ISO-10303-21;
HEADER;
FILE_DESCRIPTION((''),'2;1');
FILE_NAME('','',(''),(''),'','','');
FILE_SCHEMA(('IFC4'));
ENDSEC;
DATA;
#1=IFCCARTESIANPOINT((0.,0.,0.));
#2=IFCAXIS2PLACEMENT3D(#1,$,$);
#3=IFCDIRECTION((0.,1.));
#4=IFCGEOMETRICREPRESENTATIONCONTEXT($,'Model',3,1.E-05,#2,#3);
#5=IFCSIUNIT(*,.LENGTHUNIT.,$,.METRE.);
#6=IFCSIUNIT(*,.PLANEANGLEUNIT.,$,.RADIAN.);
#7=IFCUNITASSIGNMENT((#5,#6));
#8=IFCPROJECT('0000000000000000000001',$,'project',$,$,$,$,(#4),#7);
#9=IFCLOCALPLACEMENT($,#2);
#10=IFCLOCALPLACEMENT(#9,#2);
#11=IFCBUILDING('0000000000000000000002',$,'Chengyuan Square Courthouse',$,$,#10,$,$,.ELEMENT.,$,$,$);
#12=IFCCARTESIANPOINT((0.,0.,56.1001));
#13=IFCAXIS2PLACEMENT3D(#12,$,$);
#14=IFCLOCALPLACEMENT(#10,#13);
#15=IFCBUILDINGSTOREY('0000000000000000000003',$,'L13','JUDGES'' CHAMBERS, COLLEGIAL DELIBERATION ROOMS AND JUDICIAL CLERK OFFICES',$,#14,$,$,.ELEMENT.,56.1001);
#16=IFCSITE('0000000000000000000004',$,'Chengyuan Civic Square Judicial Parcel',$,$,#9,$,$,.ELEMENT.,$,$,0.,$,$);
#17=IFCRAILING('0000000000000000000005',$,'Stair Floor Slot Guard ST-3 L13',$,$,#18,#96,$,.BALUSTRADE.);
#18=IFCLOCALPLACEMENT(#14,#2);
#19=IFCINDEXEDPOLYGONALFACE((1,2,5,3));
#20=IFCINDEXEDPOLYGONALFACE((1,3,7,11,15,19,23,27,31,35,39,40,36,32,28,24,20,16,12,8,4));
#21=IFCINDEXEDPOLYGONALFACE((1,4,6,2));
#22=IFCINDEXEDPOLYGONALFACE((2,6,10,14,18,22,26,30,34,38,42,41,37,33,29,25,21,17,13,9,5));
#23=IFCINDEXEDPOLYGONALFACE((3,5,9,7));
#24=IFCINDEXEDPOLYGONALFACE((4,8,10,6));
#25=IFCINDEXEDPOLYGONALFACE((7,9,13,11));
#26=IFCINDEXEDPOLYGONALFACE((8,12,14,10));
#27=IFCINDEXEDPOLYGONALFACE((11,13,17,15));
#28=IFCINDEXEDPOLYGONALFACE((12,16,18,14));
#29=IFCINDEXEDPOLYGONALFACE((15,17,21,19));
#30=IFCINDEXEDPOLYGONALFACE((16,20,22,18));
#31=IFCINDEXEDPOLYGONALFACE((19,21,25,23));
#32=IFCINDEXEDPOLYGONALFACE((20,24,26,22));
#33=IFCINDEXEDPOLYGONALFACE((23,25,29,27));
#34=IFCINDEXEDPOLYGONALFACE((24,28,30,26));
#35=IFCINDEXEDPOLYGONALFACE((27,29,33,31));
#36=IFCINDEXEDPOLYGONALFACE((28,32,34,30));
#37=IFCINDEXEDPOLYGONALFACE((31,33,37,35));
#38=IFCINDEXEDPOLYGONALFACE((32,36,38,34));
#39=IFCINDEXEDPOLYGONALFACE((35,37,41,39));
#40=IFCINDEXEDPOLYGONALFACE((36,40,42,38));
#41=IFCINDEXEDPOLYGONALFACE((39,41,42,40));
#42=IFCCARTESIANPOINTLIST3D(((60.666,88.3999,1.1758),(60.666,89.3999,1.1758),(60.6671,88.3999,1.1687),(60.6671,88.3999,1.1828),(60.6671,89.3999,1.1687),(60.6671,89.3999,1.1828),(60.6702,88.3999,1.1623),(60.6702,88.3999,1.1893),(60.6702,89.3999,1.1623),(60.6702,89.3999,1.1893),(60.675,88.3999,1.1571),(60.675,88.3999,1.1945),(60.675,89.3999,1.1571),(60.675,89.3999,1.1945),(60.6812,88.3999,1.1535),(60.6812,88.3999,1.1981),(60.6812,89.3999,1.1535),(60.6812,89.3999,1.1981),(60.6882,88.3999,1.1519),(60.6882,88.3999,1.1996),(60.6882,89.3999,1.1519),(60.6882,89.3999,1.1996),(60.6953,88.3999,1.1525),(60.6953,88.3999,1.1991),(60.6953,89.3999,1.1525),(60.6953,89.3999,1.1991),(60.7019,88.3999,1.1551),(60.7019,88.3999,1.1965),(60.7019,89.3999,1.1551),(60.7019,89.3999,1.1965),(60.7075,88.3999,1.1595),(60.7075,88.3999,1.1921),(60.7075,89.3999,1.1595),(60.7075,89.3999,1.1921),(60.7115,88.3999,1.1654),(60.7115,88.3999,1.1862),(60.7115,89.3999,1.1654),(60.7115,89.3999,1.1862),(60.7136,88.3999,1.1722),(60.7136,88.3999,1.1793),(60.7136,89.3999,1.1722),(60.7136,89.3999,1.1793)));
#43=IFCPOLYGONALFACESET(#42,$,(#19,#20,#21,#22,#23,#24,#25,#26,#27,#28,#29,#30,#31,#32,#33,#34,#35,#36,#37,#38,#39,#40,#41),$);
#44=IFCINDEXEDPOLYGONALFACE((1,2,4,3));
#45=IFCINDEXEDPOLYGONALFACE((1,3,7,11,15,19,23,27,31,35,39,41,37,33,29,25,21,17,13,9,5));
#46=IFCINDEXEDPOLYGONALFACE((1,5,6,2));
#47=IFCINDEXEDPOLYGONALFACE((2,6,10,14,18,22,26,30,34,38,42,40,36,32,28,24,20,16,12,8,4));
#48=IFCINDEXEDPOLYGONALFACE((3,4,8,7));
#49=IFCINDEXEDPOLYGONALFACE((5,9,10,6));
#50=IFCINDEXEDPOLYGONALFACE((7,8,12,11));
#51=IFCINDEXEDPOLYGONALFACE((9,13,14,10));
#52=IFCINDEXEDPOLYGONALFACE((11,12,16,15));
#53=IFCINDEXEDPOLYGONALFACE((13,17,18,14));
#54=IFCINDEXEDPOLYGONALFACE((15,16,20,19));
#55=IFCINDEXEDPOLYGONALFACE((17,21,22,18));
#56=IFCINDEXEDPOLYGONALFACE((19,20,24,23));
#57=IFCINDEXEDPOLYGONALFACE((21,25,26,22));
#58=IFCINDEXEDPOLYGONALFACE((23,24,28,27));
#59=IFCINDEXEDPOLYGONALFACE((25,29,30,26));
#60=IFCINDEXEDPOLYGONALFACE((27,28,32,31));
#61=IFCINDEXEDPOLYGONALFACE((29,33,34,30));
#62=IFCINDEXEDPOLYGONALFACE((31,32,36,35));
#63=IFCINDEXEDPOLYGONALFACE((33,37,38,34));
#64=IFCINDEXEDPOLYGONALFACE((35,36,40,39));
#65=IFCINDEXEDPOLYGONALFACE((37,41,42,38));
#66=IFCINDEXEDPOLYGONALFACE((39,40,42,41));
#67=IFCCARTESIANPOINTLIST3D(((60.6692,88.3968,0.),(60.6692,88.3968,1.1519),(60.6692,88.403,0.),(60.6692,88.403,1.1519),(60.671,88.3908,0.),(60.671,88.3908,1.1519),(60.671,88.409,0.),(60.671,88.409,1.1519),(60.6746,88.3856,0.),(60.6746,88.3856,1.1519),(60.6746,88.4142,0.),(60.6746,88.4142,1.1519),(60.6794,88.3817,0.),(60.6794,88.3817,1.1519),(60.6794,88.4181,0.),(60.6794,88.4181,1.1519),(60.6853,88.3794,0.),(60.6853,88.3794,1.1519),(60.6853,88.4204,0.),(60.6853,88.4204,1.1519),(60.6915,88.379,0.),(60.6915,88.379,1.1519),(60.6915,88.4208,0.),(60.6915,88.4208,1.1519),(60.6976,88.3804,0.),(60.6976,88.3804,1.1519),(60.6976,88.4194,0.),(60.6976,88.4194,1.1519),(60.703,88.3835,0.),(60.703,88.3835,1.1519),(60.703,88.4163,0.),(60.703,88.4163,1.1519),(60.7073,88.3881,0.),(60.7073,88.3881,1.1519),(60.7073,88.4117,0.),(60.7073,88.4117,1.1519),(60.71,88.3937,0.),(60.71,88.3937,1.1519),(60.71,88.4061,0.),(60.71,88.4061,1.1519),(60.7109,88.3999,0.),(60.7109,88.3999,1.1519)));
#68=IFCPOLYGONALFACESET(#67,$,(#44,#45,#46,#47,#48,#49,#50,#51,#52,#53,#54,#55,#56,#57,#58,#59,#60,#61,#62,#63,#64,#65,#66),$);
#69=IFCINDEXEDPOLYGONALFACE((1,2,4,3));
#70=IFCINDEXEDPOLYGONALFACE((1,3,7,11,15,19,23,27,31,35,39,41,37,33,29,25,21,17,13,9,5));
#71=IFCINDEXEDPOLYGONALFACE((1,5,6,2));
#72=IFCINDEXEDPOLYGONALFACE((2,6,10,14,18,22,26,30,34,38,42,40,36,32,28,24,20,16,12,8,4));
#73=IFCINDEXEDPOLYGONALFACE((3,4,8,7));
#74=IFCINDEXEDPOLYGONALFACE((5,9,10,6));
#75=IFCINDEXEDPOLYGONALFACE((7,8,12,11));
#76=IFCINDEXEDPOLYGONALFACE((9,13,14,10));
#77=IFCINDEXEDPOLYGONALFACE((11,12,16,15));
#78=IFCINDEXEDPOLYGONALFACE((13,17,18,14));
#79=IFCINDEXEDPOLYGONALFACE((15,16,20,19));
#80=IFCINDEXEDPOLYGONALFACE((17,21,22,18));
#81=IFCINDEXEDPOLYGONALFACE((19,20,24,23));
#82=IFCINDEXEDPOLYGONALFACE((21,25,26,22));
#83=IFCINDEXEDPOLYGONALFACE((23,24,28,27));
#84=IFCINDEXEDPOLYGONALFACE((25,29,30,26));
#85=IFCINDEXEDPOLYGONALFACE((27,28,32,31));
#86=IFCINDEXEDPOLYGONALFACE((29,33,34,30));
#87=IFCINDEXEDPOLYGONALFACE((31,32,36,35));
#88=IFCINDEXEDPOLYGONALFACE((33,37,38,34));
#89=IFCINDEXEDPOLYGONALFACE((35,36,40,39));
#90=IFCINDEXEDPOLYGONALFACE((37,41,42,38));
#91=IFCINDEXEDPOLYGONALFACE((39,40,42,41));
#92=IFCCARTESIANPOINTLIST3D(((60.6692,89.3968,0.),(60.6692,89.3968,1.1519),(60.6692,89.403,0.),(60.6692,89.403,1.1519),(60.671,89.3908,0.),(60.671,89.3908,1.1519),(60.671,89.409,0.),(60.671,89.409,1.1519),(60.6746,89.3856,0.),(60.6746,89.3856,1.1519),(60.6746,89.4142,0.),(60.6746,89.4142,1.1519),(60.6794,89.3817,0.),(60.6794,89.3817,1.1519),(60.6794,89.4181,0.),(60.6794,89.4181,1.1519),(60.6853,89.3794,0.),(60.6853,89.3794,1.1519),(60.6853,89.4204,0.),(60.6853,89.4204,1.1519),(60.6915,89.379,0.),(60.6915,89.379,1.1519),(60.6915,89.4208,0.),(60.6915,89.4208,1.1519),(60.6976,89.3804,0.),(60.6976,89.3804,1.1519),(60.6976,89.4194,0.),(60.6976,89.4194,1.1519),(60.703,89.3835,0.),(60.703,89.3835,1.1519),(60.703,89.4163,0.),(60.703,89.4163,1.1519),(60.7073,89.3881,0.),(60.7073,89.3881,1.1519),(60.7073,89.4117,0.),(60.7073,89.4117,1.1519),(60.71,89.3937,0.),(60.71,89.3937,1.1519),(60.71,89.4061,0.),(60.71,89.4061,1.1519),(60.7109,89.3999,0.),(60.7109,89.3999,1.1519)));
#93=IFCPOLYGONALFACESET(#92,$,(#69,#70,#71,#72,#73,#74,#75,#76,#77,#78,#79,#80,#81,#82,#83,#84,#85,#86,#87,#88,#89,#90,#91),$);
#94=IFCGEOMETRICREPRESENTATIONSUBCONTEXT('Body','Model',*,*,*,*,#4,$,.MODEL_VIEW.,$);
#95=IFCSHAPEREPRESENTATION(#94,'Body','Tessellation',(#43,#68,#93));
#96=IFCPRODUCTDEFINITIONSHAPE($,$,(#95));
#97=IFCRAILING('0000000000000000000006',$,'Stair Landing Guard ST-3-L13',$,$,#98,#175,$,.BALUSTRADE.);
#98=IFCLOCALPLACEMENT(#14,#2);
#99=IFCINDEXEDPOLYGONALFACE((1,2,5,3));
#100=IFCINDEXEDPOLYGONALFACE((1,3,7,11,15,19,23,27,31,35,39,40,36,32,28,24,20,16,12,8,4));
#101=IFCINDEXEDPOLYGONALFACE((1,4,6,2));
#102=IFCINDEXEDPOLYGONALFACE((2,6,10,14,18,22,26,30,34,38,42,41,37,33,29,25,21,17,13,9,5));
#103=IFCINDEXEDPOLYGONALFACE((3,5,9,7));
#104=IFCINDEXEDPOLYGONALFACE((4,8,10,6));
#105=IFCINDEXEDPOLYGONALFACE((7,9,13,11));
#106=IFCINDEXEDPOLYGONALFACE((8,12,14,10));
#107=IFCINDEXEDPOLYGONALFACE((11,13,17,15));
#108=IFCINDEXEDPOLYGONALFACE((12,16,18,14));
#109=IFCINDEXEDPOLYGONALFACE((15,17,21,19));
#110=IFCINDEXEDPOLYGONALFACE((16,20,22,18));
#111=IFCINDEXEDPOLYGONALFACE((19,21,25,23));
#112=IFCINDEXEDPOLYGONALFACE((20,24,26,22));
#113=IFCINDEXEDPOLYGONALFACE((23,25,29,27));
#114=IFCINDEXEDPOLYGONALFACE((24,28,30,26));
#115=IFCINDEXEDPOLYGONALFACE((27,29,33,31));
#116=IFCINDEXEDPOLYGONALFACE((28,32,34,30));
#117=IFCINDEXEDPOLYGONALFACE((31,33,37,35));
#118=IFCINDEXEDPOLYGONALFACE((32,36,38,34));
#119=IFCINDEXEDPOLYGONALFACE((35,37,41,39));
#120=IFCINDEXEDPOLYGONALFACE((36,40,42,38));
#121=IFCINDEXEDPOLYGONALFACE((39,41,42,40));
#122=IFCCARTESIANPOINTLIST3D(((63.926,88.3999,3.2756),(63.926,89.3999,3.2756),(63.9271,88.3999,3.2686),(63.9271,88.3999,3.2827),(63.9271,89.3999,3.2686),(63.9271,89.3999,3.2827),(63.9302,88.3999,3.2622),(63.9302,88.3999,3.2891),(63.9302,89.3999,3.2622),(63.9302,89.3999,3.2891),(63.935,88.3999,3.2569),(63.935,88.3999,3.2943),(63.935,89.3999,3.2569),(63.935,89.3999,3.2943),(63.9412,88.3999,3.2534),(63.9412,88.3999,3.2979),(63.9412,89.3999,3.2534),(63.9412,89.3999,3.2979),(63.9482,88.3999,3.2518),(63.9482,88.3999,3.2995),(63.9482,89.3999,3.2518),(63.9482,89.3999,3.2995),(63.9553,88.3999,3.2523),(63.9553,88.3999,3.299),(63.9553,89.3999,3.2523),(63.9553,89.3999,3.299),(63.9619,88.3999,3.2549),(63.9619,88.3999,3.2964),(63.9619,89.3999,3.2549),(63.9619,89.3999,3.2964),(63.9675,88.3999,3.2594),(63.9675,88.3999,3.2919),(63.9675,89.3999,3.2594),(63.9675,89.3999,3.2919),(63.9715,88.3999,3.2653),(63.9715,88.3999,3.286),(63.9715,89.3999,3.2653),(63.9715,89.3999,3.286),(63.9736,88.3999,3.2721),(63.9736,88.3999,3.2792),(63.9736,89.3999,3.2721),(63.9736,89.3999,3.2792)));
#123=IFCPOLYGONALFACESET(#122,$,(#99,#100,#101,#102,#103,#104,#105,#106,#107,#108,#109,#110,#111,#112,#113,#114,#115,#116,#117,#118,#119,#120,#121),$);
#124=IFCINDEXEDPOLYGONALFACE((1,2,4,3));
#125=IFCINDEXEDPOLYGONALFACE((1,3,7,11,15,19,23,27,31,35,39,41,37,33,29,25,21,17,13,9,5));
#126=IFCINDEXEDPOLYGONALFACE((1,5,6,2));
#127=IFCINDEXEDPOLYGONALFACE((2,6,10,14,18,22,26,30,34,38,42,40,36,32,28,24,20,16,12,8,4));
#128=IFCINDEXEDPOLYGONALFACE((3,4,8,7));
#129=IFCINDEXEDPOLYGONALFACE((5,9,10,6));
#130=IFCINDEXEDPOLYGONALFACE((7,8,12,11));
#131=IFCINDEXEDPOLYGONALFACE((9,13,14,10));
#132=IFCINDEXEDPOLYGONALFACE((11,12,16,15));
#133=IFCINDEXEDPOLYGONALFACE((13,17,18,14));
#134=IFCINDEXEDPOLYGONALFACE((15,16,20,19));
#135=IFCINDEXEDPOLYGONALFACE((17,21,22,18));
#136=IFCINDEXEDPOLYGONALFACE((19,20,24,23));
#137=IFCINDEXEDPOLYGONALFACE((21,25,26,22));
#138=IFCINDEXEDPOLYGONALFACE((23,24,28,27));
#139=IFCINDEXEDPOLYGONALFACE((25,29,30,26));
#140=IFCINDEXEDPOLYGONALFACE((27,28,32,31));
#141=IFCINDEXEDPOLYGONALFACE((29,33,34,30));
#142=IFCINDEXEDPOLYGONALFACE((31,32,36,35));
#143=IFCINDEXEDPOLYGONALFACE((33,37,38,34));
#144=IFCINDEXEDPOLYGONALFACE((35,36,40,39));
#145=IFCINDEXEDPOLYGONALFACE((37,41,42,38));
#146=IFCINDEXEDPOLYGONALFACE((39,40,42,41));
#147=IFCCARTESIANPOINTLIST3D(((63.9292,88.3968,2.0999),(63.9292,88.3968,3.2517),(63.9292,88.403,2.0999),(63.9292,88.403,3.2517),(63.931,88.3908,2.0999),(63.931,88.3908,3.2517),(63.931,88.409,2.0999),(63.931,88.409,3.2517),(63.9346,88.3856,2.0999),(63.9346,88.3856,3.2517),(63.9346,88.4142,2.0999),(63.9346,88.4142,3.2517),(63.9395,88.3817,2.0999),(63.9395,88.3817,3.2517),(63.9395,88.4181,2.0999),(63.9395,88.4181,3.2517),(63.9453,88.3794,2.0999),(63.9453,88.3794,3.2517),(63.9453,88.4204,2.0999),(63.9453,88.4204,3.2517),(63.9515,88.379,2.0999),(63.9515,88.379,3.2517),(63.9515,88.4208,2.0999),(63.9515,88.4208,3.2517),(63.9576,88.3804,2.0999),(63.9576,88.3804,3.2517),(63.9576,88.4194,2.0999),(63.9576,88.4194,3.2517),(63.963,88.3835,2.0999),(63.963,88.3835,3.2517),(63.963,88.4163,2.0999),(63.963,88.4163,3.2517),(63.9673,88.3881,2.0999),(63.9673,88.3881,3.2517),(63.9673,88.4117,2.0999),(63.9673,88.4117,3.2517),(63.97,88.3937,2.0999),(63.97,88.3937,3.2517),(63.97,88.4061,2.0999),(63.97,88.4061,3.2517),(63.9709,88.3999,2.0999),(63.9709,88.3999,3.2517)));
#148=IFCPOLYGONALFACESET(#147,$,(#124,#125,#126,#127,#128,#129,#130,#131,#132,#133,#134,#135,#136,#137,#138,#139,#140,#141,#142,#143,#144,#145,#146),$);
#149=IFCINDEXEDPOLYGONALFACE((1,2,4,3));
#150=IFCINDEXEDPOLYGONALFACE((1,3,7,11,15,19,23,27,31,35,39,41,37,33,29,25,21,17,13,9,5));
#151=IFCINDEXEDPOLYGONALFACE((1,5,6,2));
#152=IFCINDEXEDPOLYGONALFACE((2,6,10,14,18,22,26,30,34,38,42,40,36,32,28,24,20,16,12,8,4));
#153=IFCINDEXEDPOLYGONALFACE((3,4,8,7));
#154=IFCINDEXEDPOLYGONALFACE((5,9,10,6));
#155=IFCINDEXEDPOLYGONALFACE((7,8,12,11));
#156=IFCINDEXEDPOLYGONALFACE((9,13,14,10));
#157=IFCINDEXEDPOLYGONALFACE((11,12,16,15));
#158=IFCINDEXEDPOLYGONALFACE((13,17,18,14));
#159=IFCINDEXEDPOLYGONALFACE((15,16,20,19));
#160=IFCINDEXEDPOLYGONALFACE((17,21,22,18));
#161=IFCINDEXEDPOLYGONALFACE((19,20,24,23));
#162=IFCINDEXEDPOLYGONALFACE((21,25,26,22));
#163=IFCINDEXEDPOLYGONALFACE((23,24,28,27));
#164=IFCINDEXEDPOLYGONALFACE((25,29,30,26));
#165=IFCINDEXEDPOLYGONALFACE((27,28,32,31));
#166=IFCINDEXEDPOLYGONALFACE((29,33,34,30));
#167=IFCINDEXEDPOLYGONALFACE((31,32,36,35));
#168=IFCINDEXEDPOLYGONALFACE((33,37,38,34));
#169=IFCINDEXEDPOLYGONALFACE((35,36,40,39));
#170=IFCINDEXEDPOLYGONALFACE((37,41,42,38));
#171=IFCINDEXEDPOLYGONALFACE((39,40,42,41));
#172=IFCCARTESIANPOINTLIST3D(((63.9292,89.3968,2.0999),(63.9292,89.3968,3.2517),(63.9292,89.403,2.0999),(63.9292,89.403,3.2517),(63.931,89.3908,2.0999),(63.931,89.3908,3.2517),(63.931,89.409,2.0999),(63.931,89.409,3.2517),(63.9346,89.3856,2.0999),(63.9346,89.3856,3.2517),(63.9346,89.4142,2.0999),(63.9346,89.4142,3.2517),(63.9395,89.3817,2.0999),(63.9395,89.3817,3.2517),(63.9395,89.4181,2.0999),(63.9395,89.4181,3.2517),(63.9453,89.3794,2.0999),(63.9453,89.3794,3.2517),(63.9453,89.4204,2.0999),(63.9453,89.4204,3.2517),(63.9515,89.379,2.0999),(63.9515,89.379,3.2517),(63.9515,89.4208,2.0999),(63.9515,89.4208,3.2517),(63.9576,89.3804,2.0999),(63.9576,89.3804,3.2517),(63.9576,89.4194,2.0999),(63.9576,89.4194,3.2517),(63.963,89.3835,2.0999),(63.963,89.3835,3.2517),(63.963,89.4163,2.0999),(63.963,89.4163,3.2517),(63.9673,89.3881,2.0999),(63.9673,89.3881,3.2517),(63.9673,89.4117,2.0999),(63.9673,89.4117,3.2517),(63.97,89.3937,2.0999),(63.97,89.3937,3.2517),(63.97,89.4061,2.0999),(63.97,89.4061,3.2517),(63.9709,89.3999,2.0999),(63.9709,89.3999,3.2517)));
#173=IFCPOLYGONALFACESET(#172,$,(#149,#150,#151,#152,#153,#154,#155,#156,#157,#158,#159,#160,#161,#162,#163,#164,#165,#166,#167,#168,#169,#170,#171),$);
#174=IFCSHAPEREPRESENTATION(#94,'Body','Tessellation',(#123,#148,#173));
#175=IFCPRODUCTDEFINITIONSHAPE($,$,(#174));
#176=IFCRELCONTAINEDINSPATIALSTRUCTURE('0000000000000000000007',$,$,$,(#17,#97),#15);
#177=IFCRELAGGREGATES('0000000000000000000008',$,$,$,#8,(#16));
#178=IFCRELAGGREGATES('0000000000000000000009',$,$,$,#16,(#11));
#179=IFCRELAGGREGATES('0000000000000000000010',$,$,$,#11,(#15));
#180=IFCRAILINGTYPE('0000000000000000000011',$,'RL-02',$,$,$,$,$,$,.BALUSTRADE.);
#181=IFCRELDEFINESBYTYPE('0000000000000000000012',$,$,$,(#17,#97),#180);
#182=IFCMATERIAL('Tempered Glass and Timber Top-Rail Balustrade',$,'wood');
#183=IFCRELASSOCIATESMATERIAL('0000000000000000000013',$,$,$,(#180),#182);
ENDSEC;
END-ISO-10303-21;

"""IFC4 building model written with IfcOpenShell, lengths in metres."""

from ifc_helpers import new_model, si_unit, direction, frame, origin, origin_2d, place, context, subcontext, project, spatial, circle, extrude, material, type_object, element, save


model = new_model("IFC4")

# Units and contexts
model_context = context("Model", 3, precision=1e-05, world=origin(), true_north=direction((0.0, 1.0)))
body_context = subcontext(model_context, "Body", "Model", "MODEL_VIEW")
ifc_project = project(units=[si_unit("LENGTHUNIT", "METRE"), si_unit("PLANEANGLEUNIT", "RADIAN")], contexts=[model_context])

# Site, building, storey
site_placement = place(None, origin())
site = spatial("IfcSite", under=ifc_project, at=site_placement, Name="Chengyuan Civic Square Judicial Parcel", CompositionType="ELEMENT", RefElevation=0.0)
building_placement = place(site_placement, origin())
building = spatial("IfcBuilding", under=site, at=building_placement, Name="Chengyuan Square Courthouse", CompositionType="ELEMENT")
storey_placement = place(building_placement, frame((0.0, 0.0, 56.1001)))
storey = spatial("IfcBuildingStorey", under=building, at=storey_placement, Name="L13", Description="JUDGES' CHAMBERS, COLLEGIAL DELIBERATION ROOMS AND JUDICIAL CLERK OFFICES", CompositionType="ELEMENT", Elevation=56.1001)

# Railings
ifc_material_1 = material(Name="Tempered Glass and Timber Top-Rail Balustrade", Category="wood")
railing_type_1 = type_object("IfcRailingType", Name="RL-02", PredefinedType="BALUSTRADE", material=ifc_material_1)
for number, where, name in (
    (1, (60.6899, 88.3999, 0.0), "Stair Floor Slot Guard ST-3 L13"),
    (2, (63.95, 88.3999, 2.0999), "Stair Landing Guard ST-3-L13"),
):
    element("IfcRailing", number, at=place(storey_placement, frame(where)), inside=storey, type_object=railing_type_1, Name=name, PredefinedType="BALUSTRADE", context=body_context, shape_type="SweptSolid", body=[
        extrude(circle(Radius=0.0239, at=origin_2d()), frame((0.0, 0.0, 1.1758), z_axis=(0.0, 1.0, 0.0), x_axis=(-1.0, 0.0, 0.0)), (0.0, 0.0, 1.0), 1.0),
        extrude(circle(Radius=0.021, at=origin_2d()), origin(), (0.0, 0.0, 1.0), 1.1519),
        extrude(circle(Radius=0.021, at=origin_2d()), frame((0.0, 1.0, 0.0)), (0.0, 0.0, 1.0), 1.1519),
    ])

save(model, "model.ifc")
